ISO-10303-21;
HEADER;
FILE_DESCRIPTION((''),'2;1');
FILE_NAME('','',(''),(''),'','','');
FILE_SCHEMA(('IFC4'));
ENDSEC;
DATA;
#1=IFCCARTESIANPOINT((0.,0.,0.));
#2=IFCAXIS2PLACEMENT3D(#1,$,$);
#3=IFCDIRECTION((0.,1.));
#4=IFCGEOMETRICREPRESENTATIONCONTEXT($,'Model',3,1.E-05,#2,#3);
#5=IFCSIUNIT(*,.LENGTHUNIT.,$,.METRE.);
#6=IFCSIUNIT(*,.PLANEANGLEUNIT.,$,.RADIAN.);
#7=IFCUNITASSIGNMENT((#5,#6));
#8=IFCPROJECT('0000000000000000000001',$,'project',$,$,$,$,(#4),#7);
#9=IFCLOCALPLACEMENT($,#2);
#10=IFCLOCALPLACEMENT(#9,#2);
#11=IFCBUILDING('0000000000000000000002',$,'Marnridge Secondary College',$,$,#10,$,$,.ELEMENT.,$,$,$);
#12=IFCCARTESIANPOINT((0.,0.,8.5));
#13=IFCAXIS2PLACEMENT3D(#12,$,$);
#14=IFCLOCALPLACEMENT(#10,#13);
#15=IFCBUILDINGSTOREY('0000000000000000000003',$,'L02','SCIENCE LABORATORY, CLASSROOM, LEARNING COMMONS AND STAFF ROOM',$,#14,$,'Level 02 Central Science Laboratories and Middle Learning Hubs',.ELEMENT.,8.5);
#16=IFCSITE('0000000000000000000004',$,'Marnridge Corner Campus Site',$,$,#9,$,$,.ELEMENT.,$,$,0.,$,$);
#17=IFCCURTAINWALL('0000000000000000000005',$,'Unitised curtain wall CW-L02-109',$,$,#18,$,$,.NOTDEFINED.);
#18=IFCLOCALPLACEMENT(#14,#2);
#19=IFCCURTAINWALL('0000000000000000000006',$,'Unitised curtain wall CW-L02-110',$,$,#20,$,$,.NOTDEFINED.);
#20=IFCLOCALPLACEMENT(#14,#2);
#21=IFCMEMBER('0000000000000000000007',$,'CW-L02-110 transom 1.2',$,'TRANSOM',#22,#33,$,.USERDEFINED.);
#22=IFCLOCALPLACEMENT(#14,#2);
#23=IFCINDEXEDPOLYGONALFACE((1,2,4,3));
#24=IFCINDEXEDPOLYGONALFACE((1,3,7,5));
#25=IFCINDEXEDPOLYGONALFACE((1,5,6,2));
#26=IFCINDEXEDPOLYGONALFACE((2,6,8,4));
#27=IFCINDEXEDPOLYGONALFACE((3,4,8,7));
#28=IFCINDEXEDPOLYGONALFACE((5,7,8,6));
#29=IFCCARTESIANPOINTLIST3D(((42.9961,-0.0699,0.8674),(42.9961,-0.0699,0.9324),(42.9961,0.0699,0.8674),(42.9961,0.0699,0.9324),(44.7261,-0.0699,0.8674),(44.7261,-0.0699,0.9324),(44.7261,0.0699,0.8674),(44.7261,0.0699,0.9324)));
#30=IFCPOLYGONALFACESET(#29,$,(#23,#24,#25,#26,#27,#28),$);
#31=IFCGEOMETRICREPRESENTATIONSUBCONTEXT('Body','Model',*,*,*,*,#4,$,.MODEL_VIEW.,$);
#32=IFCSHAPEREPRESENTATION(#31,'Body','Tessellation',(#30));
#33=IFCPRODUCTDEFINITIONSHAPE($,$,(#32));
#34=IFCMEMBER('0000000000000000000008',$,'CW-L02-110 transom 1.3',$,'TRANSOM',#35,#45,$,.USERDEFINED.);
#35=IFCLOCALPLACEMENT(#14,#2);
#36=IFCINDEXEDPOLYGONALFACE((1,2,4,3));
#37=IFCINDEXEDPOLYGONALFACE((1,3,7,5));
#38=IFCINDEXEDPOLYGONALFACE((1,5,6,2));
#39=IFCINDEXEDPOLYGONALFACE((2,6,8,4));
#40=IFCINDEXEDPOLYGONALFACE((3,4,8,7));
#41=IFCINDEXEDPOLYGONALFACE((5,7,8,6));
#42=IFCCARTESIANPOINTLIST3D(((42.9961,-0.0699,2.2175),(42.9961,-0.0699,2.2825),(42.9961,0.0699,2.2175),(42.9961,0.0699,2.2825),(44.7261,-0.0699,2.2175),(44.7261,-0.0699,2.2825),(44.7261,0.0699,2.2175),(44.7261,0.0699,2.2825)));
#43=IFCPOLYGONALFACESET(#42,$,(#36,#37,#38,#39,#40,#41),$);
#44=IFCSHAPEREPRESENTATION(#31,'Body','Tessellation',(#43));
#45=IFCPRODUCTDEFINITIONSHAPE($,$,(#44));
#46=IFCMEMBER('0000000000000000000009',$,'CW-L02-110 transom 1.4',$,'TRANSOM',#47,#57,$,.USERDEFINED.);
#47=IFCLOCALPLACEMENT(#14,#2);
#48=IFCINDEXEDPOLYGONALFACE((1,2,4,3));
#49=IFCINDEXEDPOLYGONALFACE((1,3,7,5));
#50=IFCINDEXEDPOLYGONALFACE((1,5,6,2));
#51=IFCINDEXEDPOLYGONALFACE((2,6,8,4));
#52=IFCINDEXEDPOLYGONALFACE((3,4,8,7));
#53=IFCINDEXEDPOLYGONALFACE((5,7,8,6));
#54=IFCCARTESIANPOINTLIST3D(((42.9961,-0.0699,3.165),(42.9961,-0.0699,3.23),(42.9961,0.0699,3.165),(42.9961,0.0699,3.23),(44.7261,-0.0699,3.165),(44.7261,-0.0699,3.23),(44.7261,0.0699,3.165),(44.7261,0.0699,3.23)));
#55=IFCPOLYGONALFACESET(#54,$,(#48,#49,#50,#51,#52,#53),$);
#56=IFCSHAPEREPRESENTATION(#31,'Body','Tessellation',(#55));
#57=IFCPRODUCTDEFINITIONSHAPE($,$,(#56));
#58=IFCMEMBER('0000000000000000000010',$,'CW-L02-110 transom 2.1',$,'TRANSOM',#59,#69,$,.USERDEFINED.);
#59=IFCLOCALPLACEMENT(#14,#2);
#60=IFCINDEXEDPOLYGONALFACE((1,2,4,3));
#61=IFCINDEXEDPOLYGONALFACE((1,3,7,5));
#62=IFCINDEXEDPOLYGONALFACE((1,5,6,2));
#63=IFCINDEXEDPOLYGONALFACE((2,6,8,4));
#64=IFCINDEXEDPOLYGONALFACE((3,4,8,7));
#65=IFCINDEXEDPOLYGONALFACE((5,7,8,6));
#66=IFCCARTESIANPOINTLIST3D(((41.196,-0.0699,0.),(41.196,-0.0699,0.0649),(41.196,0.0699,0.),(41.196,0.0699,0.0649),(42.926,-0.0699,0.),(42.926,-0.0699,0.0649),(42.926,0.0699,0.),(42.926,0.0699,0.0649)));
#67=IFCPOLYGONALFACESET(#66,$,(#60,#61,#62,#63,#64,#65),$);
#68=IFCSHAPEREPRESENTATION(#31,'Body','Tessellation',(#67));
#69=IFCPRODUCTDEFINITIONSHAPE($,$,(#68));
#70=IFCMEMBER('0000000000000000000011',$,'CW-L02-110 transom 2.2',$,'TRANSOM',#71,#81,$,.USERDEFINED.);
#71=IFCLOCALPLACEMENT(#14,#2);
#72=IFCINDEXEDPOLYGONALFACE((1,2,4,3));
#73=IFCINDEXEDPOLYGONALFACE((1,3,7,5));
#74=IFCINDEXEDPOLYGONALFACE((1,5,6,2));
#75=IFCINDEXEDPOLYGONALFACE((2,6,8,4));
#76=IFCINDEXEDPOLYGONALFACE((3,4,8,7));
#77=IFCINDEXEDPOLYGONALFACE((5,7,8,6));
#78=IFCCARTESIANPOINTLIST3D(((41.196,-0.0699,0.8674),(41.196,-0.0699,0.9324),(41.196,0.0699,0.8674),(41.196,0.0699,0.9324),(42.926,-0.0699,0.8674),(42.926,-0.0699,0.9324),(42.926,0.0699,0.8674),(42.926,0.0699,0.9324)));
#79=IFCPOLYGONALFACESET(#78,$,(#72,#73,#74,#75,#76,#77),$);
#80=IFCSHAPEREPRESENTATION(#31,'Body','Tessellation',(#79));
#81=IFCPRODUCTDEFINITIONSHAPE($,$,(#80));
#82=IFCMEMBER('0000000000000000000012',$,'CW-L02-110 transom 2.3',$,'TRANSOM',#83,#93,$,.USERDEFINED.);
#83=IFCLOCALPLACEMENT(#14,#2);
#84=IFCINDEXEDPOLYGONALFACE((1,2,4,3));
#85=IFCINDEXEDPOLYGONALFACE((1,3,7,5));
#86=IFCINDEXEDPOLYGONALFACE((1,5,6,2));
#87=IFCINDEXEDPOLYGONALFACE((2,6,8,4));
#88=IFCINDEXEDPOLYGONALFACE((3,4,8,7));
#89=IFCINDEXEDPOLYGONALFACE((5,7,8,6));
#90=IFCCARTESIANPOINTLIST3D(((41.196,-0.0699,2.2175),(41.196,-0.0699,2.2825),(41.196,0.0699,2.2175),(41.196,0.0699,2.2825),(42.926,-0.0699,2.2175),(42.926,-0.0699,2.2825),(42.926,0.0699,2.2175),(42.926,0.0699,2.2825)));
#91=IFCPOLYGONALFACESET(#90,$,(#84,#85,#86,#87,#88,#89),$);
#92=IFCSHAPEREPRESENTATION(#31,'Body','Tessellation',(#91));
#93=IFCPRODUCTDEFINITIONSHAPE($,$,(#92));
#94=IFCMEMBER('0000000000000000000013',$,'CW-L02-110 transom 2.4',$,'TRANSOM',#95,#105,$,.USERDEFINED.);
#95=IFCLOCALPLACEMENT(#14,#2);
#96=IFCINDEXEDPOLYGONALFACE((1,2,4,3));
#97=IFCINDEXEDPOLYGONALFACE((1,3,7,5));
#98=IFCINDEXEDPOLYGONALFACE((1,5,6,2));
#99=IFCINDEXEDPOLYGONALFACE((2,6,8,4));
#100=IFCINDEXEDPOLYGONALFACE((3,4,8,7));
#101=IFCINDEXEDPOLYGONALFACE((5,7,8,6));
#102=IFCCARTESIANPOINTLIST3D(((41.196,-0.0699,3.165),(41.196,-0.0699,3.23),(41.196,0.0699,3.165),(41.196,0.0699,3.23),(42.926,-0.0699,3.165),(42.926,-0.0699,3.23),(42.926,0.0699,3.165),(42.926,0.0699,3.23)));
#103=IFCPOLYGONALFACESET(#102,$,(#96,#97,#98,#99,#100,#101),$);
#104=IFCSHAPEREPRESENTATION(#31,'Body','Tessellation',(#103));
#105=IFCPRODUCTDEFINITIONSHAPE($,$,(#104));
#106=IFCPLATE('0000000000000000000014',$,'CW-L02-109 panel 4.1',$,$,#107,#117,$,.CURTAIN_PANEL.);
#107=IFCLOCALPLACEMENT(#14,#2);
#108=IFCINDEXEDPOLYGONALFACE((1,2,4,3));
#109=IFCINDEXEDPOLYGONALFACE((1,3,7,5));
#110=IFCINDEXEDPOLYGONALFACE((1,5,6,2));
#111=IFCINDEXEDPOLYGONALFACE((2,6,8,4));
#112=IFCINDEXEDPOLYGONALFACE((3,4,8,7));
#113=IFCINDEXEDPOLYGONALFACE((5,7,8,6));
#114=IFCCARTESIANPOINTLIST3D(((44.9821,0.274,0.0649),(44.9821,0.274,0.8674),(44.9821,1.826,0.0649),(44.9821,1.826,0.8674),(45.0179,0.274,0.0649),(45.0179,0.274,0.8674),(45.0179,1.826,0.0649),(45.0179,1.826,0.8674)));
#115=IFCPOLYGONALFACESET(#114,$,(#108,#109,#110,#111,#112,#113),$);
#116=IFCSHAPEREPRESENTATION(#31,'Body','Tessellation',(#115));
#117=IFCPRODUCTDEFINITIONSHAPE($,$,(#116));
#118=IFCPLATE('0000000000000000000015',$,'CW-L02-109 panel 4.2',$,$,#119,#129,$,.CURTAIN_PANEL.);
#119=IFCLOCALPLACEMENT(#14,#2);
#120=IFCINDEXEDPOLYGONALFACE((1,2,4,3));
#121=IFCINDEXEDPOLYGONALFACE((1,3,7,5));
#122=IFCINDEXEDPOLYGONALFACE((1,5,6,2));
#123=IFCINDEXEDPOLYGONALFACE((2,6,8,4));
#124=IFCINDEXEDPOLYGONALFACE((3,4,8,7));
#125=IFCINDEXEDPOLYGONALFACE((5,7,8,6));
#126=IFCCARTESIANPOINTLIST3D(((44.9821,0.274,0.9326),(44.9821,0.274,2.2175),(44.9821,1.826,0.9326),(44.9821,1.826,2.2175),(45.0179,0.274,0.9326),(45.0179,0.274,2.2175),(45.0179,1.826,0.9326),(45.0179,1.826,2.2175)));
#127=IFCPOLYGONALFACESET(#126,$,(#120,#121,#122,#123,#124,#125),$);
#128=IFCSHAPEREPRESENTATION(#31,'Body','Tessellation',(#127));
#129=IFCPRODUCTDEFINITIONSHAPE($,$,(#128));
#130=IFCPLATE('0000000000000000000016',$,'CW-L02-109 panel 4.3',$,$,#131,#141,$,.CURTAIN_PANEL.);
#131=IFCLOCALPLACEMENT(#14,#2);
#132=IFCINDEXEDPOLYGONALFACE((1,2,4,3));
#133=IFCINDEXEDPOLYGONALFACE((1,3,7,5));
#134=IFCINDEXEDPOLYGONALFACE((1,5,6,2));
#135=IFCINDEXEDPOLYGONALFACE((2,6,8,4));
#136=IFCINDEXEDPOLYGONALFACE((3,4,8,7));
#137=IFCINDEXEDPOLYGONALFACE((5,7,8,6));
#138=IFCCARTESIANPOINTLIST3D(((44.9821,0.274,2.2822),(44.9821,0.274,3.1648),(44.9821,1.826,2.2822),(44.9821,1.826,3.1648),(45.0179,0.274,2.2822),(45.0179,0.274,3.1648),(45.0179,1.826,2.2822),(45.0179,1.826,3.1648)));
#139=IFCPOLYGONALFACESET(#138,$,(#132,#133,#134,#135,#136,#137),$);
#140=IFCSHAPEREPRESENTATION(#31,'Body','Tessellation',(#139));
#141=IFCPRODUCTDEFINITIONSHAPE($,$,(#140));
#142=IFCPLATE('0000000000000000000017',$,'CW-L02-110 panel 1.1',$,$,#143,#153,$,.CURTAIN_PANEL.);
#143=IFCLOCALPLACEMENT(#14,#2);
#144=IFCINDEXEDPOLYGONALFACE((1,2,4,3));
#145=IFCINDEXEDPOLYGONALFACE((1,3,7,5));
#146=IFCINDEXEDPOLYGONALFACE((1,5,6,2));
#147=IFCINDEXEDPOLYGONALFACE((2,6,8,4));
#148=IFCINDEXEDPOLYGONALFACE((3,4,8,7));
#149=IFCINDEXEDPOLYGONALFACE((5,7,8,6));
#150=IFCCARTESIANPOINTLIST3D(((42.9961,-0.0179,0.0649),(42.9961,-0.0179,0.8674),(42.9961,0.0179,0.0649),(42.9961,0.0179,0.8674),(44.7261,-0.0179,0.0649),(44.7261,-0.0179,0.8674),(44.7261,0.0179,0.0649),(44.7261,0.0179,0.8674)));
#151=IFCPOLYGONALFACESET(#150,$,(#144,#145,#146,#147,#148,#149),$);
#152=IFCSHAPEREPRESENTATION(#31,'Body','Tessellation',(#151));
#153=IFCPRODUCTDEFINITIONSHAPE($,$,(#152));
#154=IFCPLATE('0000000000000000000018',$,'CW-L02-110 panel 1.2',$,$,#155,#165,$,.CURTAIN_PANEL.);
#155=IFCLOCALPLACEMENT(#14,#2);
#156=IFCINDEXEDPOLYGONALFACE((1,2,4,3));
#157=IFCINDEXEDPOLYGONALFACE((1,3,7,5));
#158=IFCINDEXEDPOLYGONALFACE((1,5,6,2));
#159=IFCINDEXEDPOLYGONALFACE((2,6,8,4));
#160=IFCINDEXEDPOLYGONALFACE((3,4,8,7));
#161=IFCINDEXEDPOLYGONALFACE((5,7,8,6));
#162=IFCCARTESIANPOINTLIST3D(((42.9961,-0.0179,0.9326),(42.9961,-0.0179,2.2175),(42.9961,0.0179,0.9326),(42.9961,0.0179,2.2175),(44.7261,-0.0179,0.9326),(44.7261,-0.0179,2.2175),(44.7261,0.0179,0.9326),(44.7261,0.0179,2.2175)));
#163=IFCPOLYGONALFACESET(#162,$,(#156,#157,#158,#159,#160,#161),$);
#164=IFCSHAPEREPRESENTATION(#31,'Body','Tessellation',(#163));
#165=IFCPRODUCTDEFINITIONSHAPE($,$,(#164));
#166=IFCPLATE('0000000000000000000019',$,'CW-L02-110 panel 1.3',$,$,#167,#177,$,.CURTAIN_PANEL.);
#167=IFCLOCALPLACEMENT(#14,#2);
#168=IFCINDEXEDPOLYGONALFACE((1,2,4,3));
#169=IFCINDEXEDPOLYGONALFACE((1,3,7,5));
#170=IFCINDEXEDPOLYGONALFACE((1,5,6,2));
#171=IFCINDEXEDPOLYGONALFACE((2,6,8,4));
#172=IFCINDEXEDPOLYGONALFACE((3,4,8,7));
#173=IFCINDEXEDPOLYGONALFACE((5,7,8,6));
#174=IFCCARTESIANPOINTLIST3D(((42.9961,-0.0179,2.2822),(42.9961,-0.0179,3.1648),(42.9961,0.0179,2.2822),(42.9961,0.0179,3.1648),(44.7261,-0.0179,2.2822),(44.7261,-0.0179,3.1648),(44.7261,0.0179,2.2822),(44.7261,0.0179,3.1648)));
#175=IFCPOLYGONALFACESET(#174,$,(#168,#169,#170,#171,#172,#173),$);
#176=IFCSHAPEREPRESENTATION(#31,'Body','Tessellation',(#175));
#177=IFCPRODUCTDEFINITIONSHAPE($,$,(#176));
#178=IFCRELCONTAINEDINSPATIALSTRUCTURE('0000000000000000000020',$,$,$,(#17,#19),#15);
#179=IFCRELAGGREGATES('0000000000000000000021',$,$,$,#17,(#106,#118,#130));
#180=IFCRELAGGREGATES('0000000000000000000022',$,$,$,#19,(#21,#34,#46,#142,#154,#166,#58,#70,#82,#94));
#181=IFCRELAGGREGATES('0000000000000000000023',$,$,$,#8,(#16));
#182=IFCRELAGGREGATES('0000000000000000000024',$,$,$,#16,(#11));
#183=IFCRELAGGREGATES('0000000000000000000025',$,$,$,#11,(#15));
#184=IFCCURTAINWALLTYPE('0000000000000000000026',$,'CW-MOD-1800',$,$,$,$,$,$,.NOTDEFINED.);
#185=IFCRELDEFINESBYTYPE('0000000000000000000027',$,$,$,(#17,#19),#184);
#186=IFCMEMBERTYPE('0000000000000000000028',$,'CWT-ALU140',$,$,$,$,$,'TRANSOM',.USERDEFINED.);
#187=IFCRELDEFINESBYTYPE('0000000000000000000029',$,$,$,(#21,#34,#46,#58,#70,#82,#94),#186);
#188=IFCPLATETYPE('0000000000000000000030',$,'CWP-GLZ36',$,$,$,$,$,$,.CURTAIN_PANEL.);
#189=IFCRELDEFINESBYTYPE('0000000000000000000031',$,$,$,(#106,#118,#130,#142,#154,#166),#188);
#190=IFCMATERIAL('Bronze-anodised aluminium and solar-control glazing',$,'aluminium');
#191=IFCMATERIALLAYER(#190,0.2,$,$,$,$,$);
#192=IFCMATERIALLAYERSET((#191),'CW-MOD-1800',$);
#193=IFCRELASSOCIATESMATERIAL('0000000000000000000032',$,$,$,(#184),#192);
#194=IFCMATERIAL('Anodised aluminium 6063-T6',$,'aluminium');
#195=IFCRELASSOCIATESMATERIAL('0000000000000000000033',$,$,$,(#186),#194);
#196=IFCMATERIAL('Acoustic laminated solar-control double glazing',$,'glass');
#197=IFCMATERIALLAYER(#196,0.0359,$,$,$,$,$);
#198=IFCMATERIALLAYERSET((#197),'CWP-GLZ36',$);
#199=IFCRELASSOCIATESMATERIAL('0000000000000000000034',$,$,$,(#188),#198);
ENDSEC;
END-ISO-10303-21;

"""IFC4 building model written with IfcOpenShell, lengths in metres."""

from ifc_helpers import new_model, si_unit, direction, frame, origin, origin_2d, place, context, subcontext, project, spatial, rectangle, extrude, material, layer, layer_set, material_profile, profile_set, type_object, element, aggregate, save


model = new_model("IFC4")

# Units and contexts
model_context = context("Model", 3, precision=1e-05, world=origin(), true_north=direction((0.0, 1.0)))
body_context = subcontext(model_context, "Body", "Model", "MODEL_VIEW")
ifc_project = project(units=[si_unit("LENGTHUNIT", "METRE"), si_unit("PLANEANGLEUNIT", "RADIAN")], contexts=[model_context])

# Site, building, storey
site_placement = place(None, origin())
site = spatial("IfcSite", under=ifc_project, at=site_placement, Name="Marnridge Corner Campus Site", CompositionType="ELEMENT", RefElevation=0.0)
building_placement = place(site_placement, origin())
building = spatial("IfcBuilding", under=site, at=building_placement, Name="Marnridge Secondary College", CompositionType="ELEMENT")
storey_placement = place(building_placement, frame((0.0, 0.0, 8.5)))
storey = spatial("IfcBuildingStorey", under=building, at=storey_placement, Name="L02", Description="SCIENCE LABORATORY, CLASSROOM, LEARNING COMMONS AND STAFF ROOM", LongName="Level 02 Central Science Laboratories and Middle Learning Hubs", CompositionType="ELEMENT", Elevation=8.5)

# Curtain walls
ifc_material_1 = material(Name="Bronze-anodised aluminium and solar-control glazing", Category="aluminium")
ifc_layer_1 = layer(ifc_material_1, 0.2)
ifc_layer_set_1 = layer_set([ifc_layer_1], Name="CW-MOD-1800")
curtain_wall_type = type_object("IfcCurtainWallType", Name="CW-MOD-1800", PredefinedType="NOTDEFINED", material=ifc_layer_set_1)
curtain_wall_1_placement = place(storey_placement, origin())
curtain_wall_1 = element("IfcCurtainWall", 1, at=curtain_wall_1_placement, inside=storey, type_object=curtain_wall_type, Name="Unitised curtain wall CW-L02-109", PredefinedType="NOTDEFINED")
curtain_wall_2_placement = place(storey_placement, origin())
curtain_wall_2 = element("IfcCurtainWall", 2, at=curtain_wall_2_placement, inside=storey, type_object=curtain_wall_type, Name="Unitised curtain wall CW-L02-110", PredefinedType="NOTDEFINED")

# Members
ifc_material_2 = material(Name="Anodised aluminium 6063-T6", Category="aluminium")
ifc_material_profile_1 = material_profile(ifc_material_2, rectangle(XDim=0.0649, YDim=0.1399, at=origin_2d()), Name="ALU 65x140")
ifc_profile_set_1 = profile_set([ifc_material_profile_1], Name="Anodised aluminium 6063-T6")
member_type_1 = type_object("IfcMemberType", Name="CWT-ALU140", ElementType="TRANSOM", PredefinedType="USERDEFINED", material=ifc_profile_set_1)
member_1_placement = place(storey_placement, frame((44.7261, 0.0, 0.8999), z_axis=(-1.0, 0.0, 0.0), x_axis=(0.0, 0.0, 1.0)))
member_1 = element("IfcMember", 3, at=member_1_placement, type_object=member_type_1, Name="CW-L02-110 transom 1.2", ObjectType="TRANSOM", PredefinedType="USERDEFINED", context=body_context, shape_type="SweptSolid", body=[
    extrude(rectangle(XDim=0.0649, YDim=0.1399, at=origin_2d()), origin(), (0.0, 0.0, 1.0), 1.73),
])
member_2_placement = place(storey_placement, frame((44.7261, 0.0, 2.25), z_axis=(-1.0, 0.0, 0.0), x_axis=(0.0, 0.0, 1.0)))
member_2 = element("IfcMember", 4, at=member_2_placement, type_object=member_type_1, Name="CW-L02-110 transom 1.3", ObjectType="TRANSOM", PredefinedType="USERDEFINED", context=body_context, shape_type="SweptSolid", body=[
    extrude(rectangle(XDim=0.0649, YDim=0.1399, at=origin_2d()), origin(), (0.0, 0.0, 1.0), 1.73),
])
member_3_placement = place(storey_placement, frame((44.7261, 0.0, 3.1975), z_axis=(-1.0, 0.0, 0.0), x_axis=(0.0, 0.0, 1.0)))
member_3 = element("IfcMember", 5, at=member_3_placement, type_object=member_type_1, Name="CW-L02-110 transom 1.4", ObjectType="TRANSOM", PredefinedType="USERDEFINED", context=body_context, shape_type="SweptSolid", body=[
    extrude(rectangle(XDim=0.0649, YDim=0.1399, at=origin_2d()), origin(), (0.0, 0.0, 1.0), 1.73),
])
member_4_placement = place(storey_placement, frame((42.926, 0.0, 0.0325), z_axis=(-1.0, 0.0, 0.0), x_axis=(0.0, 0.0, 1.0)))
member_4 = element("IfcMember", 6, at=member_4_placement, type_object=member_type_1, Name="CW-L02-110 transom 2.1", ObjectType="TRANSOM", PredefinedType="USERDEFINED", context=body_context, shape_type="SweptSolid", body=[
    extrude(rectangle(XDim=0.0649, YDim=0.1399, at=origin_2d()), origin(), (0.0, 0.0, 1.0), 1.73),
])
member_5_placement = place(storey_placement, frame((42.926, 0.0, 0.8999), z_axis=(-1.0, 0.0, 0.0), x_axis=(0.0, 0.0, 1.0)))
member_5 = element("IfcMember", 7, at=member_5_placement, type_object=member_type_1, Name="CW-L02-110 transom 2.2", ObjectType="TRANSOM", PredefinedType="USERDEFINED", context=body_context, shape_type="SweptSolid", body=[
    extrude(rectangle(XDim=0.0649, YDim=0.1399, at=origin_2d()), origin(), (0.0, 0.0, 1.0), 1.73),
])
member_6_placement = place(storey_placement, frame((42.926, 0.0, 2.25), z_axis=(-1.0, 0.0, 0.0), x_axis=(0.0, 0.0, 1.0)))
member_6 = element("IfcMember", 8, at=member_6_placement, type_object=member_type_1, Name="CW-L02-110 transom 2.3", ObjectType="TRANSOM", PredefinedType="USERDEFINED", context=body_context, shape_type="SweptSolid", body=[
    extrude(rectangle(XDim=0.0649, YDim=0.1399, at=origin_2d()), origin(), (0.0, 0.0, 1.0), 1.73),
])
member_7_placement = place(storey_placement, frame((42.926, 0.0, 3.1975), z_axis=(-1.0, 0.0, 0.0), x_axis=(0.0, 0.0, 1.0)))
member_7 = element("IfcMember", 9, at=member_7_placement, type_object=member_type_1, Name="CW-L02-110 transom 2.4", ObjectType="TRANSOM", PredefinedType="USERDEFINED", context=body_context, shape_type="SweptSolid", body=[
    extrude(rectangle(XDim=0.0649, YDim=0.1399, at=origin_2d()), origin(), (0.0, 0.0, 1.0), 1.73),
])

# Plates
ifc_material_3 = material(Name="Acoustic laminated solar-control double glazing", Category="glass")
ifc_layer_2 = layer(ifc_material_3, 0.0359)
ifc_layer_set_2 = layer_set([ifc_layer_2], Name="CWP-GLZ36")
plate_type = type_object("IfcPlateType", Name="CWP-GLZ36", PredefinedType="CURTAIN_PANEL", material=ifc_layer_set_2)
plate_1_placement = place(storey_placement, frame((45.0, 1.05, 0.0649), z_axis=(0.0, 0.0, 1.0), x_axis=(0.0, -1.0, 0.0)))
plate_1 = element("IfcPlate", 10, at=plate_1_placement, type_object=plate_type, Name="CW-L02-109 panel 4.1", PredefinedType="CURTAIN_PANEL", context=body_context, shape_type="SweptSolid", body=[
    extrude(rectangle(XDim=1.552, YDim=0.0359, at=origin_2d()), origin(), (0.0, 0.0, 1.0), 0.8025),
])
plate_2_placement = place(storey_placement, frame((45.0, 1.05, 0.9326), z_axis=(0.0, 0.0, 1.0), x_axis=(0.0, -1.0, 0.0)))
plate_2 = element("IfcPlate", 11, at=plate_2_placement, type_object=plate_type, Name="CW-L02-109 panel 4.2", PredefinedType="CURTAIN_PANEL", context=body_context, shape_type="SweptSolid", body=[
    extrude(rectangle(XDim=1.552, YDim=0.0359, at=origin_2d()), origin(), (0.0, 0.0, 1.0), 1.2849),
])
plate_3_placement = place(storey_placement, frame((45.0, 1.05, 2.2822), z_axis=(0.0, 0.0, 1.0), x_axis=(0.0, -1.0, 0.0)))
plate_3 = element("IfcPlate", 12, at=plate_3_placement, type_object=plate_type, Name="CW-L02-109 panel 4.3", PredefinedType="CURTAIN_PANEL", context=body_context, shape_type="SweptSolid", body=[
    extrude(rectangle(XDim=1.552, YDim=0.0359, at=origin_2d()), origin(), (0.0, 0.0, 1.0), 0.8826),
])
aggregate(curtain_wall_1, [plate_1, plate_2, plate_3])
plate_4_placement = place(storey_placement, frame((43.8611, 0.0, 0.0649), z_axis=(0.0, 0.0, 1.0), x_axis=(-1.0, 0.0, 0.0)))
plate_4 = element("IfcPlate", 13, at=plate_4_placement, type_object=plate_type, Name="CW-L02-110 panel 1.1", PredefinedType="CURTAIN_PANEL", context=body_context, shape_type="SweptSolid", body=[
    extrude(rectangle(XDim=1.73, YDim=0.0359, at=origin_2d()), origin(), (0.0, 0.0, 1.0), 0.8025),
])
plate_5_placement = place(storey_placement, frame((43.8611, 0.0, 0.9326), z_axis=(0.0, 0.0, 1.0), x_axis=(-1.0, 0.0, 0.0)))
plate_5 = element("IfcPlate", 14, at=plate_5_placement, type_object=plate_type, Name="CW-L02-110 panel 1.2", PredefinedType="CURTAIN_PANEL", context=body_context, shape_type="SweptSolid", body=[
    extrude(rectangle(XDim=1.73, YDim=0.0359, at=origin_2d()), origin(), (0.0, 0.0, 1.0), 1.2849),
])
plate_6_placement = place(storey_placement, frame((43.8611, 0.0, 2.2822), z_axis=(0.0, 0.0, 1.0), x_axis=(-1.0, 0.0, 0.0)))
plate_6 = element("IfcPlate", 15, at=plate_6_placement, type_object=plate_type, Name="CW-L02-110 panel 1.3", PredefinedType="CURTAIN_PANEL", context=body_context, shape_type="SweptSolid", body=[
    extrude(rectangle(XDim=1.73, YDim=0.0359, at=origin_2d()), origin(), (0.0, 0.0, 1.0), 0.8826),
])
aggregate(curtain_wall_2, [member_1, member_2, member_3, plate_4, plate_5, plate_6, member_4, member_5, member_6, member_7])

save(model, "model.ifc")
